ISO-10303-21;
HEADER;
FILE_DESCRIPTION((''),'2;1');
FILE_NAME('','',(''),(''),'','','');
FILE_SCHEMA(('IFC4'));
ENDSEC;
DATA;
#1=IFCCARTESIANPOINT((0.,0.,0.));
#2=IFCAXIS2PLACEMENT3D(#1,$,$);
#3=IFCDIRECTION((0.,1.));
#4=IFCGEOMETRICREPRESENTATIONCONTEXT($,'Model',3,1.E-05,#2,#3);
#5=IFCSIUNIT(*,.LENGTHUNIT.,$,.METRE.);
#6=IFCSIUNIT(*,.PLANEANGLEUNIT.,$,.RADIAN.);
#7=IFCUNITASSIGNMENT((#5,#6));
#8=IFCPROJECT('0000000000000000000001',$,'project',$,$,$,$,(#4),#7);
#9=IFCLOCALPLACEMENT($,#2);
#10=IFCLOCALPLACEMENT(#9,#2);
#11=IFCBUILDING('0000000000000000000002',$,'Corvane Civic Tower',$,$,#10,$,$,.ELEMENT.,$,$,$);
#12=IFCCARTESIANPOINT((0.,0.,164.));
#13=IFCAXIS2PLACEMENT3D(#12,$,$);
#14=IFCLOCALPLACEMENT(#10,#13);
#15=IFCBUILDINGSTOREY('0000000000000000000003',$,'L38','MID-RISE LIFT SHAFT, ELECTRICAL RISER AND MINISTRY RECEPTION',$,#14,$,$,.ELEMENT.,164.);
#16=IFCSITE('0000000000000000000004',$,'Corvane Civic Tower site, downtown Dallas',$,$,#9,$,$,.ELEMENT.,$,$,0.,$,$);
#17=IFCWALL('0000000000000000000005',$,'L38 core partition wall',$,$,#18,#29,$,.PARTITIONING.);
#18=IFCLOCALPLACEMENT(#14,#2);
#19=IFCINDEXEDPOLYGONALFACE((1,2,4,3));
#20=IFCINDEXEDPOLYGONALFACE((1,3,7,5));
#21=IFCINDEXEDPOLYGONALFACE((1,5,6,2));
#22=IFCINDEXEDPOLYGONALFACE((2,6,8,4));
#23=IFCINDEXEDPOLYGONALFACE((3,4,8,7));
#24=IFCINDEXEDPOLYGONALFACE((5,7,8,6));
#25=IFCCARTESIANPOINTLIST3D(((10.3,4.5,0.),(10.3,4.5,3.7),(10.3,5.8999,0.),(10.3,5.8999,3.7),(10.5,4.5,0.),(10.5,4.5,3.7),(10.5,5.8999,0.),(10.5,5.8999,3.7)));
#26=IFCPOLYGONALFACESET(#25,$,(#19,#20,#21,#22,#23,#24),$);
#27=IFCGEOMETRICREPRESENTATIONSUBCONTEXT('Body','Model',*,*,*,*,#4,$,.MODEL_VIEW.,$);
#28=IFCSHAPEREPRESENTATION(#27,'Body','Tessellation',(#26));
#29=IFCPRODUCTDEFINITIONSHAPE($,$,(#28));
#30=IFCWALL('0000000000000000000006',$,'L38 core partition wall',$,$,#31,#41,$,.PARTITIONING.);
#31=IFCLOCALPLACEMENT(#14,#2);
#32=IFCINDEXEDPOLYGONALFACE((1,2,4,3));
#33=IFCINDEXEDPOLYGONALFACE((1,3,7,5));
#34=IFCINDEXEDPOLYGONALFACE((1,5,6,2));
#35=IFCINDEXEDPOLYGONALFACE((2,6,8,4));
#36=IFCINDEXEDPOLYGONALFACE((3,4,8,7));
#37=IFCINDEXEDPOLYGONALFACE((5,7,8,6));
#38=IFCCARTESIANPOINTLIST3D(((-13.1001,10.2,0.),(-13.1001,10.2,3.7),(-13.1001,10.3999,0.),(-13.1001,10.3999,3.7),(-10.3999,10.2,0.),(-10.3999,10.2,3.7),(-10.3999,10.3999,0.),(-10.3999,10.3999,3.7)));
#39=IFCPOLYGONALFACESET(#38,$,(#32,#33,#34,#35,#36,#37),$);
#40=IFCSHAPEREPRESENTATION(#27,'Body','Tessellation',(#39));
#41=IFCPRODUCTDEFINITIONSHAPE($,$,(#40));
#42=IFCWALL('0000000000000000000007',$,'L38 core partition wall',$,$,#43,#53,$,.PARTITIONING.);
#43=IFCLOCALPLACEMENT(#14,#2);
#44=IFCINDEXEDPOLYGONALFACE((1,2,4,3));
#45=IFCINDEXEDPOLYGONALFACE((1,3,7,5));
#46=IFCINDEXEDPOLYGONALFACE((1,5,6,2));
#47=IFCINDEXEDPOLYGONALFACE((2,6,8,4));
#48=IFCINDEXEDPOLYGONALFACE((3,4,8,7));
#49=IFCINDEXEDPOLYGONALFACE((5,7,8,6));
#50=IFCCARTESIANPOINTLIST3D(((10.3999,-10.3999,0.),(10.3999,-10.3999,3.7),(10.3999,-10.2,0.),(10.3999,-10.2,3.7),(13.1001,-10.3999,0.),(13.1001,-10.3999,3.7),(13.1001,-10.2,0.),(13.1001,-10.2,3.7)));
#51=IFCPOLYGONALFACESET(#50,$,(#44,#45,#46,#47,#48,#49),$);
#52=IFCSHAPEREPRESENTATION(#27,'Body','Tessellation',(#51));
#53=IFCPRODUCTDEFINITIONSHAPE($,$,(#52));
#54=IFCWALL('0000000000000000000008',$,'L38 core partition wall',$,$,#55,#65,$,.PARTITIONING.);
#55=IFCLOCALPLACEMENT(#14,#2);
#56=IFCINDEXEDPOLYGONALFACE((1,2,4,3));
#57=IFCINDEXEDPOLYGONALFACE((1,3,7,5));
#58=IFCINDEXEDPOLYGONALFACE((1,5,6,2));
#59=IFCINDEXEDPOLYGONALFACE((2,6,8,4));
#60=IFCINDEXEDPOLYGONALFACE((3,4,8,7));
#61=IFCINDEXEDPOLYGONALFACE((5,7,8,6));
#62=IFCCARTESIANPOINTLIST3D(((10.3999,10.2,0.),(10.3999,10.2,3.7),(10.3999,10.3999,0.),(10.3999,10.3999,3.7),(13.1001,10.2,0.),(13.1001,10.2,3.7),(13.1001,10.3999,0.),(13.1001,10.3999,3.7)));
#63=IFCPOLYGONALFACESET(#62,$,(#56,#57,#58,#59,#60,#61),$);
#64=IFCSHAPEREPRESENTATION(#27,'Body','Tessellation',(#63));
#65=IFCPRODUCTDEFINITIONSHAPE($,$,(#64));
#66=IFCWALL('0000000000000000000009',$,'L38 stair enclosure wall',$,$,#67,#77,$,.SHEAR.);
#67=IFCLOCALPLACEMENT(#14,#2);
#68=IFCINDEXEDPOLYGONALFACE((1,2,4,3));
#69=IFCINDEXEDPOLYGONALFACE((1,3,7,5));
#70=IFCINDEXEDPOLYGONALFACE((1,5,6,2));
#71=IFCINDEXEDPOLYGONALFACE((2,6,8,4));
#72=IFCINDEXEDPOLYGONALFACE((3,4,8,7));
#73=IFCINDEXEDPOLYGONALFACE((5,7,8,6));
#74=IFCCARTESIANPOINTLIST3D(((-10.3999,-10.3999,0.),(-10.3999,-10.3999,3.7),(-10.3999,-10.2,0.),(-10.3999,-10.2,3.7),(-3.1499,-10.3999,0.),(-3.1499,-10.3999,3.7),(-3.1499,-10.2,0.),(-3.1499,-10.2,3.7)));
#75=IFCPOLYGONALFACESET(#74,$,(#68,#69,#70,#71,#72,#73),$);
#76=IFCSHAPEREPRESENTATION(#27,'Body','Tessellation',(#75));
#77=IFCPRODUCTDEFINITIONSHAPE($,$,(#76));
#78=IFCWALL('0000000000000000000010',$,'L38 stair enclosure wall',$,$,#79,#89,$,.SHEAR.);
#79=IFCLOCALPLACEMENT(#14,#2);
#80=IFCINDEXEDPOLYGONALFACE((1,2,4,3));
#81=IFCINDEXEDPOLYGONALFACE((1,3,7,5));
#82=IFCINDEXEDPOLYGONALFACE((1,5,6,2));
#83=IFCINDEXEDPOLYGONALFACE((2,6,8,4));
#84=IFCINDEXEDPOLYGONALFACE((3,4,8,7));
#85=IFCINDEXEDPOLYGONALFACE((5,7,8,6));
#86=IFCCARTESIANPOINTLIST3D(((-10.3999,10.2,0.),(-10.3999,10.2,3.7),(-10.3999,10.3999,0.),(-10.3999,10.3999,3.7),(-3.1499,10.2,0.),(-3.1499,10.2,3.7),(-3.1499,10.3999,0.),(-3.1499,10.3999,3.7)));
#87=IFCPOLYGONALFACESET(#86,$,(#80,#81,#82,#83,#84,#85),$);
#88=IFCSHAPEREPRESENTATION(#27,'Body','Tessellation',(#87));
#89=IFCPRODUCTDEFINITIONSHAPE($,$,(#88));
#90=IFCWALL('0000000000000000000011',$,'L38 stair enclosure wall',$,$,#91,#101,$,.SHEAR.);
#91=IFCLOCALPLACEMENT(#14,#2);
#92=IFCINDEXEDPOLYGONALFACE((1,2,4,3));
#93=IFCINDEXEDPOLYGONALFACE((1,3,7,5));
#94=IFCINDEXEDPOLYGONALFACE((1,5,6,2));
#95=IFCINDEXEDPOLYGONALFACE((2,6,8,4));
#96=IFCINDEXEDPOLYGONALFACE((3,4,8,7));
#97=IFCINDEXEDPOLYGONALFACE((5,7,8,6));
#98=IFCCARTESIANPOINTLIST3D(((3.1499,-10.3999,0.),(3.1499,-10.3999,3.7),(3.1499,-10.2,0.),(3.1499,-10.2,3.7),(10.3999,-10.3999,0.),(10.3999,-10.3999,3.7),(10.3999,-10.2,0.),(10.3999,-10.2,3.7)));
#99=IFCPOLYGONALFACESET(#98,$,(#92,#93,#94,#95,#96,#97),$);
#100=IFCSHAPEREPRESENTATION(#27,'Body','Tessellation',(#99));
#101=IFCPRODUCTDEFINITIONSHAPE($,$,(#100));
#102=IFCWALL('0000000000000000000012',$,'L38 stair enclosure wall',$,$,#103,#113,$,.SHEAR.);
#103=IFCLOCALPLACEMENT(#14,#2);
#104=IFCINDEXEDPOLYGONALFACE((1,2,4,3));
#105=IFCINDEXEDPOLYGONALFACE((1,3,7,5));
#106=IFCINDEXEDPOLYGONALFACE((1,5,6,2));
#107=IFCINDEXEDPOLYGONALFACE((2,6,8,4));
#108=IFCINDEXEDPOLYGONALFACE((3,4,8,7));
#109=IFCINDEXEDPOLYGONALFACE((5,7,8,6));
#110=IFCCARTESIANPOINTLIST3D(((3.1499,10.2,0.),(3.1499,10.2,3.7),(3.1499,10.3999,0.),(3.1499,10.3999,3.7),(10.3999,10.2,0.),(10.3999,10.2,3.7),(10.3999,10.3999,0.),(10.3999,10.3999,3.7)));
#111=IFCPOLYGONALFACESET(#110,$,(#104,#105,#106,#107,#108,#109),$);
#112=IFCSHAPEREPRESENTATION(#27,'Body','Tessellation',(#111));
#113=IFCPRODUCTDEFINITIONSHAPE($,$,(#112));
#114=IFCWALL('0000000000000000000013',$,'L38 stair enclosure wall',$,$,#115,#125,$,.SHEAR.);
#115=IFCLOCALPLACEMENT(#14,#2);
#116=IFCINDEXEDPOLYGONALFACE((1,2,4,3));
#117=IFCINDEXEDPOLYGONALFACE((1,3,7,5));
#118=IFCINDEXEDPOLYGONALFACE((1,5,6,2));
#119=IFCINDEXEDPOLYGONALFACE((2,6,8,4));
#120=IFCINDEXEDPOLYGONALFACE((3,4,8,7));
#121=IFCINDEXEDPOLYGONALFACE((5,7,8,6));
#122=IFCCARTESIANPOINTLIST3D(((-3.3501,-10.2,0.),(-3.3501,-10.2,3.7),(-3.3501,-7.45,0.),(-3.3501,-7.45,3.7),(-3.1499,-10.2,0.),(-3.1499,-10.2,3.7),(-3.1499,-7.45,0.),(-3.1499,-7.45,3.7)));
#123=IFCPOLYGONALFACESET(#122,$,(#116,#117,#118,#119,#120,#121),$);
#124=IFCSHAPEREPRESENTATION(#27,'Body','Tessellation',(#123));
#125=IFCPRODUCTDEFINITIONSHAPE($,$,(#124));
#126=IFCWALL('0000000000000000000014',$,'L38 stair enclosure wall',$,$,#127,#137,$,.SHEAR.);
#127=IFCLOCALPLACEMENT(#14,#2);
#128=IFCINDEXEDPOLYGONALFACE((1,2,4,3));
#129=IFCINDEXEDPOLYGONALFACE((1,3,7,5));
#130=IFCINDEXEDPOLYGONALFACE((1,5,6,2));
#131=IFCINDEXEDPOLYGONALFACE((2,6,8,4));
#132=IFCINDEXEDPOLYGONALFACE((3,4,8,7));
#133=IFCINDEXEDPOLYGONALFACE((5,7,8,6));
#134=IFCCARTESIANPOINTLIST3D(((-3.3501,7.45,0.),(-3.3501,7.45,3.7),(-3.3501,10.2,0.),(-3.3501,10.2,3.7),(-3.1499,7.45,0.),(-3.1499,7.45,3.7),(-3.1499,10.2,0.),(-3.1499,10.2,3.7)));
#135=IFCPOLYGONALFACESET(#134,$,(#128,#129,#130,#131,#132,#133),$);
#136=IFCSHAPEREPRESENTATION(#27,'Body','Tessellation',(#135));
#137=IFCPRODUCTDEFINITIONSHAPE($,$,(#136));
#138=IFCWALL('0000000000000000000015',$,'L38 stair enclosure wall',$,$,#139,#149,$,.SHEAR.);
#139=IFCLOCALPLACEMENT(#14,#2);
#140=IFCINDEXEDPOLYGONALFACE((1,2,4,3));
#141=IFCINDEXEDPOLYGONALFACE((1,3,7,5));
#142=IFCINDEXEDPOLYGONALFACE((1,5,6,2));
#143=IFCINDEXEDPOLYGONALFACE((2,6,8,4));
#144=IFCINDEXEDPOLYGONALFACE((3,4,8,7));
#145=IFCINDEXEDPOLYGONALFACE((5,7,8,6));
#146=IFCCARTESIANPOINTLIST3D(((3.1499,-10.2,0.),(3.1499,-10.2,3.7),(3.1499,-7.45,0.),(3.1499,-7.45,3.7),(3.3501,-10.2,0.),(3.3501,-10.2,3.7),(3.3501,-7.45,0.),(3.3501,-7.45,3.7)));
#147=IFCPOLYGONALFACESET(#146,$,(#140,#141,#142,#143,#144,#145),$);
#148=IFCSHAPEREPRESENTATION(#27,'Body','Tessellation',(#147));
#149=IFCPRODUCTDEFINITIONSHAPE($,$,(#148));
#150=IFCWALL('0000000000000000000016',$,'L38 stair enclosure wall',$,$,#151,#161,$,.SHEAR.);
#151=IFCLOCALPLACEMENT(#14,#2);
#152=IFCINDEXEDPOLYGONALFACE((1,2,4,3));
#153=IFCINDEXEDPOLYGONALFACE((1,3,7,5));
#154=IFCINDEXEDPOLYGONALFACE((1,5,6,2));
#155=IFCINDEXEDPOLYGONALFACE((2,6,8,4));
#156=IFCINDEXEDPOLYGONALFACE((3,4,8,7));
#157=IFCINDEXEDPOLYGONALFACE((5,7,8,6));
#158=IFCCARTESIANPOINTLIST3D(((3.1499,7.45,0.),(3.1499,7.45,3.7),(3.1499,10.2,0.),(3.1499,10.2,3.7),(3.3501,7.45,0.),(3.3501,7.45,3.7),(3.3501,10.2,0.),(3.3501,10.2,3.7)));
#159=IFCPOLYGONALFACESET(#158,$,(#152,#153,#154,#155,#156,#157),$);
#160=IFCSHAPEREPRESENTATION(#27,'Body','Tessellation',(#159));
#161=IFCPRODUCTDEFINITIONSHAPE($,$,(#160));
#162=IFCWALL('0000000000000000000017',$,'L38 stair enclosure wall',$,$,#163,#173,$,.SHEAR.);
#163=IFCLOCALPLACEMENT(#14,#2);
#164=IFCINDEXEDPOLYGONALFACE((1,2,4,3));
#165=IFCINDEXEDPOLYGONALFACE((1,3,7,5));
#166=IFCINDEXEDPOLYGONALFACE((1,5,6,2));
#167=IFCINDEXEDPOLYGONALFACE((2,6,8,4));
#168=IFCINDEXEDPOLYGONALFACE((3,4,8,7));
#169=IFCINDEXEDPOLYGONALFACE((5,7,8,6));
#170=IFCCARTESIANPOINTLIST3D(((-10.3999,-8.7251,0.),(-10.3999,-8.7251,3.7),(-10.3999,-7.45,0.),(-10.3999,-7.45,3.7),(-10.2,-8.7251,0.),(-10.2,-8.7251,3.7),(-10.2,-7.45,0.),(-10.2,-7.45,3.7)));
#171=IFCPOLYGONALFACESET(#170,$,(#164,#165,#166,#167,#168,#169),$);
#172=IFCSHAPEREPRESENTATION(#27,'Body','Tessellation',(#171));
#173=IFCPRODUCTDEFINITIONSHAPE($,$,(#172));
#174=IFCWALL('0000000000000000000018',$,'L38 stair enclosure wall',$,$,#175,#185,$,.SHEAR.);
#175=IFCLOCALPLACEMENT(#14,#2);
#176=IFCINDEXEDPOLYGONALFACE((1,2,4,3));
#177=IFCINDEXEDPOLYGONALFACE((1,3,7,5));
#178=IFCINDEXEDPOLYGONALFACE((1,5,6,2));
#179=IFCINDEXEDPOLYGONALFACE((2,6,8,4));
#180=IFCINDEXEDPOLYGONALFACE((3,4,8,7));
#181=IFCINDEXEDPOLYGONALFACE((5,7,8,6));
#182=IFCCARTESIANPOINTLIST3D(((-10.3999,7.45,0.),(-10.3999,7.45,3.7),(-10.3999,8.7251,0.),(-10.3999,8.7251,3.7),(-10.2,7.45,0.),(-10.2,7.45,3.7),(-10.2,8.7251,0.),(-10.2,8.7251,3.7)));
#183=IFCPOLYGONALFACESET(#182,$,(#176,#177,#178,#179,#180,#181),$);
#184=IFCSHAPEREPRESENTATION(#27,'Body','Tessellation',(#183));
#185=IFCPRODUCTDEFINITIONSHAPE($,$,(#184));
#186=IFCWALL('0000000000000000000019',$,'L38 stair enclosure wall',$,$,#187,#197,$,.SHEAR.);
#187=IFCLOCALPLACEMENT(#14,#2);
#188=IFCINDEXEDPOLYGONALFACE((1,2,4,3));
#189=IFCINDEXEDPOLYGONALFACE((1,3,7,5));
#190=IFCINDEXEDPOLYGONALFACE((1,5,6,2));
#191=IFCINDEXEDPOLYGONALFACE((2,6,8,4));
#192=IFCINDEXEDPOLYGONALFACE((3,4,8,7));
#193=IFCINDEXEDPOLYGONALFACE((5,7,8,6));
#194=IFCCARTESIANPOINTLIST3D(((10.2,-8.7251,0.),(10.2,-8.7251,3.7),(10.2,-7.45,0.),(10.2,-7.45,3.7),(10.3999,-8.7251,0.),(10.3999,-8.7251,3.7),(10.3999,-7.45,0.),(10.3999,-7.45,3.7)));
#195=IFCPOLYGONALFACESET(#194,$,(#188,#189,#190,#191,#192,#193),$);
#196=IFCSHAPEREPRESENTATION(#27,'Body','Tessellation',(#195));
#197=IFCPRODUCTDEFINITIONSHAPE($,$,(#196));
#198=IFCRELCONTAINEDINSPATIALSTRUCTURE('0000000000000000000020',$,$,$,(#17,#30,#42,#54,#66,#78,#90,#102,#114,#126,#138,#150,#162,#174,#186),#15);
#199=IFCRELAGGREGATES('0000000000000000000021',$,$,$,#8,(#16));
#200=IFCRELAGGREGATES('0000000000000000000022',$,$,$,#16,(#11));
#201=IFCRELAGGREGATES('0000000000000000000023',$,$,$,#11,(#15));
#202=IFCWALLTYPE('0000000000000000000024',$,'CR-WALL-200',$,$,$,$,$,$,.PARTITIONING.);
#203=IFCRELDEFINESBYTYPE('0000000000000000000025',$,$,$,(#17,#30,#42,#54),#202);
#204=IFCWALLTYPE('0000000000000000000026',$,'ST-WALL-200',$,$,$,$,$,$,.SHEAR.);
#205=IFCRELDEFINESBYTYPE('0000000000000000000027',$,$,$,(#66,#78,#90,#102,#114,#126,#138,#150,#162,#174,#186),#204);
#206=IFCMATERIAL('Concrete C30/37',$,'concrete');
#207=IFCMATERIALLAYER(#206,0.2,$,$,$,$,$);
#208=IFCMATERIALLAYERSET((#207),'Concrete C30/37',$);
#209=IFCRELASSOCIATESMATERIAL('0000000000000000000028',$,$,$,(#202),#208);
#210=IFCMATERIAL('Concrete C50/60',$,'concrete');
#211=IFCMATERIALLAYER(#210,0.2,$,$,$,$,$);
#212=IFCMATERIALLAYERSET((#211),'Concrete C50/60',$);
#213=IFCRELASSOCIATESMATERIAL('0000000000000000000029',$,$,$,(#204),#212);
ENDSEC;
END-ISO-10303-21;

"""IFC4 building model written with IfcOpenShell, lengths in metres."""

from ifc_helpers import new_model, si_unit, direction, frame, origin, place, context, subcontext, project, spatial, polyline, outline, extrude, material, layer, layer_set, type_object, element, save


model = new_model("IFC4")

# Units and contexts
model_context = context("Model", 3, precision=1e-05, world=origin(), true_north=direction((0.0, 1.0)))
body_context = subcontext(model_context, "Body", "Model", "MODEL_VIEW")
ifc_project = project(units=[si_unit("LENGTHUNIT", "METRE"), si_unit("PLANEANGLEUNIT", "RADIAN")], contexts=[model_context])

# Site, building, storey
site_placement = place(None, origin())
site = spatial("IfcSite", under=ifc_project, at=site_placement, Name="Corvane Civic Tower site, downtown Dallas", CompositionType="ELEMENT", RefElevation=0.0)
building_placement = place(site_placement, origin())
building = spatial("IfcBuilding", under=site, at=building_placement, Name="Corvane Civic Tower", CompositionType="ELEMENT")
storey_placement = place(building_placement, frame((0.0, 0.0, 164.0)))
storey = spatial("IfcBuildingStorey", under=building, at=storey_placement, Name="L38", Description="MID-RISE LIFT SHAFT, ELECTRICAL RISER AND MINISTRY RECEPTION", CompositionType="ELEMENT", Elevation=164.0)

# Walls
ifc_material_1 = material(Name="Concrete C30/37", Category="concrete")
ifc_layer_1 = layer(ifc_material_1, 0.2)
ifc_layer_set_1 = layer_set([ifc_layer_1], Name="Concrete C30/37")
wall_type_1 = type_object("IfcWallType", Name="CR-WALL-200", PredefinedType="PARTITIONING", material=ifc_layer_set_1)
wall_1_placement = place(storey_placement, origin())
element("IfcWall", 1, at=wall_1_placement, inside=storey, type_object=wall_type_1, Name="L38 core partition wall", PredefinedType="PARTITIONING", context=body_context, shape_type="SweptSolid", body=[
    extrude(outline(polyline([(10.5, 4.5), (10.3, 4.5), (10.3, 5.8999), (10.5, 5.8999), (10.5, 4.5)])), origin(), (0.0, 0.0, 1.0), 3.7),
])
wall_2_placement = place(storey_placement, origin())
element("IfcWall", 2, at=wall_2_placement, inside=storey, type_object=wall_type_1, Name="L38 core partition wall", PredefinedType="PARTITIONING", context=body_context, shape_type="SweptSolid", body=[
    extrude(outline(polyline([(-13.1001, 10.2), (-13.1001, 10.3999), (-10.3999, 10.3999), (-10.3999, 10.2), (-13.1001, 10.2)])), origin(), (0.0, 0.0, 1.0), 3.7),
])
wall_3_placement = place(storey_placement, origin())
element("IfcWall", 3, at=wall_3_placement, inside=storey, type_object=wall_type_1, Name="L38 core partition wall", PredefinedType="PARTITIONING", context=body_context, shape_type="SweptSolid", body=[
    extrude(outline(polyline([(10.3999, -10.3999), (10.3999, -10.2), (13.1001, -10.2), (13.1001, -10.3999), (10.3999, -10.3999)])), origin(), (0.0, 0.0, 1.0), 3.7),
])
wall_4_placement = place(storey_placement, origin())
element("IfcWall", 4, at=wall_4_placement, inside=storey, type_object=wall_type_1, Name="L38 core partition wall", PredefinedType="PARTITIONING", context=body_context, shape_type="SweptSolid", body=[
    extrude(outline(polyline([(10.3999, 10.2), (10.3999, 10.3999), (13.1001, 10.3999), (13.1001, 10.2), (10.3999, 10.2)])), origin(), (0.0, 0.0, 1.0), 3.7),
])
ifc_material_2 = material(Name="Concrete C50/60", Category="concrete")
ifc_layer_2 = layer(ifc_material_2, 0.2)
ifc_layer_set_2 = layer_set([ifc_layer_2], Name="Concrete C50/60")
wall_type_2 = type_object("IfcWallType", Name="ST-WALL-200", PredefinedType="SHEAR", material=ifc_layer_set_2)
wall_5_placement = place(storey_placement, origin())
element("IfcWall", 5, at=wall_5_placement, inside=storey, type_object=wall_type_2, Name="L38 stair enclosure wall", PredefinedType="SHEAR", context=body_context, shape_type="SweptSolid", body=[
    extrude(outline(polyline([(-3.1499, -10.2), (-3.1499, -10.3999), (-10.3999, -10.3999), (-10.3999, -10.2), (-3.1499, -10.2)])), origin(), (0.0, 0.0, 1.0), 3.7),
])
wall_6_placement = place(storey_placement, origin())
element("IfcWall", 6, at=wall_6_placement, inside=storey, type_object=wall_type_2, Name="L38 stair enclosure wall", PredefinedType="SHEAR", context=body_context, shape_type="SweptSolid", body=[
    extrude(outline(polyline([(-3.1499, 10.2), (-10.3999, 10.2), (-10.3999, 10.3999), (-3.1499, 10.3999), (-3.1499, 10.2)])), origin(), (0.0, 0.0, 1.0), 3.7),
])
wall_7_placement = place(storey_placement, origin())
element("IfcWall", 7, at=wall_7_placement, inside=storey, type_object=wall_type_2, Name="L38 stair enclosure wall", PredefinedType="SHEAR", context=body_context, shape_type="SweptSolid", body=[
    extrude(outline(polyline([(10.3999, -10.3999), (3.1499, -10.3999), (3.1499, -10.2), (10.3999, -10.2), (10.3999, -10.3999)])), origin(), (0.0, 0.0, 1.0), 3.7),
])
wall_8_placement = place(storey_placement, origin())
element("IfcWall", 8, at=wall_8_placement, inside=storey, type_object=wall_type_2, Name="L38 stair enclosure wall", PredefinedType="SHEAR", context=body_context, shape_type="SweptSolid", body=[
    extrude(outline(polyline([(10.3999, 10.2), (3.1499, 10.2), (3.1499, 10.3999), (10.3999, 10.3999), (10.3999, 10.2)])), origin(), (0.0, 0.0, 1.0), 3.7),
])
wall_9_placement = place(storey_placement, origin())
element("IfcWall", 9, at=wall_9_placement, inside=storey, type_object=wall_type_2, Name="L38 stair enclosure wall", PredefinedType="SHEAR", context=body_context, shape_type="SweptSolid", body=[
    extrude(outline(polyline([(-3.1499, -7.45), (-3.1499, -10.2), (-3.3501, -10.2), (-3.3501, -7.45), (-3.1499, -7.45)])), origin(), (0.0, 0.0, 1.0), 3.7),
])
wall_10_placement = place(storey_placement, origin())
element("IfcWall", 10, at=wall_10_placement, inside=storey, type_object=wall_type_2, Name="L38 stair enclosure wall", PredefinedType="SHEAR", context=body_context, shape_type="SweptSolid", body=[
    extrude(outline(polyline([(-3.1499, 7.45), (-3.3501, 7.45), (-3.3501, 10.2), (-3.1499, 10.2), (-3.1499, 7.45)])), origin(), (0.0, 0.0, 1.0), 3.7),
])
wall_11_placement = place(storey_placement, origin())
element("IfcWall", 11, at=wall_11_placement, inside=storey, type_object=wall_type_2, Name="L38 stair enclosure wall", PredefinedType="SHEAR", context=body_context, shape_type="SweptSolid", body=[
    extrude(outline(polyline([(3.3501, -7.45), (3.3501, -10.2), (3.1499, -10.2), (3.1499, -7.45), (3.3501, -7.45)])), origin(), (0.0, 0.0, 1.0), 3.7),
])
wall_12_placement = place(storey_placement, origin())
element("IfcWall", 12, at=wall_12_placement, inside=storey, type_object=wall_type_2, Name="L38 stair enclosure wall", PredefinedType="SHEAR", context=body_context, shape_type="SweptSolid", body=[
    extrude(outline(polyline([(3.3501, 7.45), (3.1499, 7.45), (3.1499, 10.2), (3.3501, 10.2), (3.3501, 7.45)])), origin(), (0.0, 0.0, 1.0), 3.7),
])
wall_13_placement = place(storey_placement, origin())
element("IfcWall", 13, at=wall_13_placement, inside=storey, type_object=wall_type_2, Name="L38 stair enclosure wall", PredefinedType="SHEAR", context=body_context, shape_type="SweptSolid", body=[
    extrude(outline(polyline([(-10.2, -7.45), (-10.2, -8.7251), (-10.3999, -8.7251), (-10.3999, -7.45), (-10.2, -7.45)])), origin(), (0.0, 0.0, 1.0), 3.7),
])
wall_14_placement = place(storey_placement, origin())
element("IfcWall", 14, at=wall_14_placement, inside=storey, type_object=wall_type_2, Name="L38 stair enclosure wall", PredefinedType="SHEAR", context=body_context, shape_type="SweptSolid", body=[
    extrude(outline(polyline([(-10.2, 8.7251), (-10.2, 7.45), (-10.3999, 7.45), (-10.3999, 8.7251), (-10.2, 8.7251)])), origin(), (0.0, 0.0, 1.0), 3.7),
])
wall_15_placement = place(storey_placement, origin())
element("IfcWall", 15, at=wall_15_placement, inside=storey, type_object=wall_type_2, Name="L38 stair enclosure wall", PredefinedType="SHEAR", context=body_context, shape_type="SweptSolid", body=[
    extrude(outline(polyline([(10.3999, -7.45), (10.3999, -8.7251), (10.2, -8.7251), (10.2, -7.45), (10.3999, -7.45)])), origin(), (0.0, 0.0, 1.0), 3.7),
])

save(model, "model.ifc")
